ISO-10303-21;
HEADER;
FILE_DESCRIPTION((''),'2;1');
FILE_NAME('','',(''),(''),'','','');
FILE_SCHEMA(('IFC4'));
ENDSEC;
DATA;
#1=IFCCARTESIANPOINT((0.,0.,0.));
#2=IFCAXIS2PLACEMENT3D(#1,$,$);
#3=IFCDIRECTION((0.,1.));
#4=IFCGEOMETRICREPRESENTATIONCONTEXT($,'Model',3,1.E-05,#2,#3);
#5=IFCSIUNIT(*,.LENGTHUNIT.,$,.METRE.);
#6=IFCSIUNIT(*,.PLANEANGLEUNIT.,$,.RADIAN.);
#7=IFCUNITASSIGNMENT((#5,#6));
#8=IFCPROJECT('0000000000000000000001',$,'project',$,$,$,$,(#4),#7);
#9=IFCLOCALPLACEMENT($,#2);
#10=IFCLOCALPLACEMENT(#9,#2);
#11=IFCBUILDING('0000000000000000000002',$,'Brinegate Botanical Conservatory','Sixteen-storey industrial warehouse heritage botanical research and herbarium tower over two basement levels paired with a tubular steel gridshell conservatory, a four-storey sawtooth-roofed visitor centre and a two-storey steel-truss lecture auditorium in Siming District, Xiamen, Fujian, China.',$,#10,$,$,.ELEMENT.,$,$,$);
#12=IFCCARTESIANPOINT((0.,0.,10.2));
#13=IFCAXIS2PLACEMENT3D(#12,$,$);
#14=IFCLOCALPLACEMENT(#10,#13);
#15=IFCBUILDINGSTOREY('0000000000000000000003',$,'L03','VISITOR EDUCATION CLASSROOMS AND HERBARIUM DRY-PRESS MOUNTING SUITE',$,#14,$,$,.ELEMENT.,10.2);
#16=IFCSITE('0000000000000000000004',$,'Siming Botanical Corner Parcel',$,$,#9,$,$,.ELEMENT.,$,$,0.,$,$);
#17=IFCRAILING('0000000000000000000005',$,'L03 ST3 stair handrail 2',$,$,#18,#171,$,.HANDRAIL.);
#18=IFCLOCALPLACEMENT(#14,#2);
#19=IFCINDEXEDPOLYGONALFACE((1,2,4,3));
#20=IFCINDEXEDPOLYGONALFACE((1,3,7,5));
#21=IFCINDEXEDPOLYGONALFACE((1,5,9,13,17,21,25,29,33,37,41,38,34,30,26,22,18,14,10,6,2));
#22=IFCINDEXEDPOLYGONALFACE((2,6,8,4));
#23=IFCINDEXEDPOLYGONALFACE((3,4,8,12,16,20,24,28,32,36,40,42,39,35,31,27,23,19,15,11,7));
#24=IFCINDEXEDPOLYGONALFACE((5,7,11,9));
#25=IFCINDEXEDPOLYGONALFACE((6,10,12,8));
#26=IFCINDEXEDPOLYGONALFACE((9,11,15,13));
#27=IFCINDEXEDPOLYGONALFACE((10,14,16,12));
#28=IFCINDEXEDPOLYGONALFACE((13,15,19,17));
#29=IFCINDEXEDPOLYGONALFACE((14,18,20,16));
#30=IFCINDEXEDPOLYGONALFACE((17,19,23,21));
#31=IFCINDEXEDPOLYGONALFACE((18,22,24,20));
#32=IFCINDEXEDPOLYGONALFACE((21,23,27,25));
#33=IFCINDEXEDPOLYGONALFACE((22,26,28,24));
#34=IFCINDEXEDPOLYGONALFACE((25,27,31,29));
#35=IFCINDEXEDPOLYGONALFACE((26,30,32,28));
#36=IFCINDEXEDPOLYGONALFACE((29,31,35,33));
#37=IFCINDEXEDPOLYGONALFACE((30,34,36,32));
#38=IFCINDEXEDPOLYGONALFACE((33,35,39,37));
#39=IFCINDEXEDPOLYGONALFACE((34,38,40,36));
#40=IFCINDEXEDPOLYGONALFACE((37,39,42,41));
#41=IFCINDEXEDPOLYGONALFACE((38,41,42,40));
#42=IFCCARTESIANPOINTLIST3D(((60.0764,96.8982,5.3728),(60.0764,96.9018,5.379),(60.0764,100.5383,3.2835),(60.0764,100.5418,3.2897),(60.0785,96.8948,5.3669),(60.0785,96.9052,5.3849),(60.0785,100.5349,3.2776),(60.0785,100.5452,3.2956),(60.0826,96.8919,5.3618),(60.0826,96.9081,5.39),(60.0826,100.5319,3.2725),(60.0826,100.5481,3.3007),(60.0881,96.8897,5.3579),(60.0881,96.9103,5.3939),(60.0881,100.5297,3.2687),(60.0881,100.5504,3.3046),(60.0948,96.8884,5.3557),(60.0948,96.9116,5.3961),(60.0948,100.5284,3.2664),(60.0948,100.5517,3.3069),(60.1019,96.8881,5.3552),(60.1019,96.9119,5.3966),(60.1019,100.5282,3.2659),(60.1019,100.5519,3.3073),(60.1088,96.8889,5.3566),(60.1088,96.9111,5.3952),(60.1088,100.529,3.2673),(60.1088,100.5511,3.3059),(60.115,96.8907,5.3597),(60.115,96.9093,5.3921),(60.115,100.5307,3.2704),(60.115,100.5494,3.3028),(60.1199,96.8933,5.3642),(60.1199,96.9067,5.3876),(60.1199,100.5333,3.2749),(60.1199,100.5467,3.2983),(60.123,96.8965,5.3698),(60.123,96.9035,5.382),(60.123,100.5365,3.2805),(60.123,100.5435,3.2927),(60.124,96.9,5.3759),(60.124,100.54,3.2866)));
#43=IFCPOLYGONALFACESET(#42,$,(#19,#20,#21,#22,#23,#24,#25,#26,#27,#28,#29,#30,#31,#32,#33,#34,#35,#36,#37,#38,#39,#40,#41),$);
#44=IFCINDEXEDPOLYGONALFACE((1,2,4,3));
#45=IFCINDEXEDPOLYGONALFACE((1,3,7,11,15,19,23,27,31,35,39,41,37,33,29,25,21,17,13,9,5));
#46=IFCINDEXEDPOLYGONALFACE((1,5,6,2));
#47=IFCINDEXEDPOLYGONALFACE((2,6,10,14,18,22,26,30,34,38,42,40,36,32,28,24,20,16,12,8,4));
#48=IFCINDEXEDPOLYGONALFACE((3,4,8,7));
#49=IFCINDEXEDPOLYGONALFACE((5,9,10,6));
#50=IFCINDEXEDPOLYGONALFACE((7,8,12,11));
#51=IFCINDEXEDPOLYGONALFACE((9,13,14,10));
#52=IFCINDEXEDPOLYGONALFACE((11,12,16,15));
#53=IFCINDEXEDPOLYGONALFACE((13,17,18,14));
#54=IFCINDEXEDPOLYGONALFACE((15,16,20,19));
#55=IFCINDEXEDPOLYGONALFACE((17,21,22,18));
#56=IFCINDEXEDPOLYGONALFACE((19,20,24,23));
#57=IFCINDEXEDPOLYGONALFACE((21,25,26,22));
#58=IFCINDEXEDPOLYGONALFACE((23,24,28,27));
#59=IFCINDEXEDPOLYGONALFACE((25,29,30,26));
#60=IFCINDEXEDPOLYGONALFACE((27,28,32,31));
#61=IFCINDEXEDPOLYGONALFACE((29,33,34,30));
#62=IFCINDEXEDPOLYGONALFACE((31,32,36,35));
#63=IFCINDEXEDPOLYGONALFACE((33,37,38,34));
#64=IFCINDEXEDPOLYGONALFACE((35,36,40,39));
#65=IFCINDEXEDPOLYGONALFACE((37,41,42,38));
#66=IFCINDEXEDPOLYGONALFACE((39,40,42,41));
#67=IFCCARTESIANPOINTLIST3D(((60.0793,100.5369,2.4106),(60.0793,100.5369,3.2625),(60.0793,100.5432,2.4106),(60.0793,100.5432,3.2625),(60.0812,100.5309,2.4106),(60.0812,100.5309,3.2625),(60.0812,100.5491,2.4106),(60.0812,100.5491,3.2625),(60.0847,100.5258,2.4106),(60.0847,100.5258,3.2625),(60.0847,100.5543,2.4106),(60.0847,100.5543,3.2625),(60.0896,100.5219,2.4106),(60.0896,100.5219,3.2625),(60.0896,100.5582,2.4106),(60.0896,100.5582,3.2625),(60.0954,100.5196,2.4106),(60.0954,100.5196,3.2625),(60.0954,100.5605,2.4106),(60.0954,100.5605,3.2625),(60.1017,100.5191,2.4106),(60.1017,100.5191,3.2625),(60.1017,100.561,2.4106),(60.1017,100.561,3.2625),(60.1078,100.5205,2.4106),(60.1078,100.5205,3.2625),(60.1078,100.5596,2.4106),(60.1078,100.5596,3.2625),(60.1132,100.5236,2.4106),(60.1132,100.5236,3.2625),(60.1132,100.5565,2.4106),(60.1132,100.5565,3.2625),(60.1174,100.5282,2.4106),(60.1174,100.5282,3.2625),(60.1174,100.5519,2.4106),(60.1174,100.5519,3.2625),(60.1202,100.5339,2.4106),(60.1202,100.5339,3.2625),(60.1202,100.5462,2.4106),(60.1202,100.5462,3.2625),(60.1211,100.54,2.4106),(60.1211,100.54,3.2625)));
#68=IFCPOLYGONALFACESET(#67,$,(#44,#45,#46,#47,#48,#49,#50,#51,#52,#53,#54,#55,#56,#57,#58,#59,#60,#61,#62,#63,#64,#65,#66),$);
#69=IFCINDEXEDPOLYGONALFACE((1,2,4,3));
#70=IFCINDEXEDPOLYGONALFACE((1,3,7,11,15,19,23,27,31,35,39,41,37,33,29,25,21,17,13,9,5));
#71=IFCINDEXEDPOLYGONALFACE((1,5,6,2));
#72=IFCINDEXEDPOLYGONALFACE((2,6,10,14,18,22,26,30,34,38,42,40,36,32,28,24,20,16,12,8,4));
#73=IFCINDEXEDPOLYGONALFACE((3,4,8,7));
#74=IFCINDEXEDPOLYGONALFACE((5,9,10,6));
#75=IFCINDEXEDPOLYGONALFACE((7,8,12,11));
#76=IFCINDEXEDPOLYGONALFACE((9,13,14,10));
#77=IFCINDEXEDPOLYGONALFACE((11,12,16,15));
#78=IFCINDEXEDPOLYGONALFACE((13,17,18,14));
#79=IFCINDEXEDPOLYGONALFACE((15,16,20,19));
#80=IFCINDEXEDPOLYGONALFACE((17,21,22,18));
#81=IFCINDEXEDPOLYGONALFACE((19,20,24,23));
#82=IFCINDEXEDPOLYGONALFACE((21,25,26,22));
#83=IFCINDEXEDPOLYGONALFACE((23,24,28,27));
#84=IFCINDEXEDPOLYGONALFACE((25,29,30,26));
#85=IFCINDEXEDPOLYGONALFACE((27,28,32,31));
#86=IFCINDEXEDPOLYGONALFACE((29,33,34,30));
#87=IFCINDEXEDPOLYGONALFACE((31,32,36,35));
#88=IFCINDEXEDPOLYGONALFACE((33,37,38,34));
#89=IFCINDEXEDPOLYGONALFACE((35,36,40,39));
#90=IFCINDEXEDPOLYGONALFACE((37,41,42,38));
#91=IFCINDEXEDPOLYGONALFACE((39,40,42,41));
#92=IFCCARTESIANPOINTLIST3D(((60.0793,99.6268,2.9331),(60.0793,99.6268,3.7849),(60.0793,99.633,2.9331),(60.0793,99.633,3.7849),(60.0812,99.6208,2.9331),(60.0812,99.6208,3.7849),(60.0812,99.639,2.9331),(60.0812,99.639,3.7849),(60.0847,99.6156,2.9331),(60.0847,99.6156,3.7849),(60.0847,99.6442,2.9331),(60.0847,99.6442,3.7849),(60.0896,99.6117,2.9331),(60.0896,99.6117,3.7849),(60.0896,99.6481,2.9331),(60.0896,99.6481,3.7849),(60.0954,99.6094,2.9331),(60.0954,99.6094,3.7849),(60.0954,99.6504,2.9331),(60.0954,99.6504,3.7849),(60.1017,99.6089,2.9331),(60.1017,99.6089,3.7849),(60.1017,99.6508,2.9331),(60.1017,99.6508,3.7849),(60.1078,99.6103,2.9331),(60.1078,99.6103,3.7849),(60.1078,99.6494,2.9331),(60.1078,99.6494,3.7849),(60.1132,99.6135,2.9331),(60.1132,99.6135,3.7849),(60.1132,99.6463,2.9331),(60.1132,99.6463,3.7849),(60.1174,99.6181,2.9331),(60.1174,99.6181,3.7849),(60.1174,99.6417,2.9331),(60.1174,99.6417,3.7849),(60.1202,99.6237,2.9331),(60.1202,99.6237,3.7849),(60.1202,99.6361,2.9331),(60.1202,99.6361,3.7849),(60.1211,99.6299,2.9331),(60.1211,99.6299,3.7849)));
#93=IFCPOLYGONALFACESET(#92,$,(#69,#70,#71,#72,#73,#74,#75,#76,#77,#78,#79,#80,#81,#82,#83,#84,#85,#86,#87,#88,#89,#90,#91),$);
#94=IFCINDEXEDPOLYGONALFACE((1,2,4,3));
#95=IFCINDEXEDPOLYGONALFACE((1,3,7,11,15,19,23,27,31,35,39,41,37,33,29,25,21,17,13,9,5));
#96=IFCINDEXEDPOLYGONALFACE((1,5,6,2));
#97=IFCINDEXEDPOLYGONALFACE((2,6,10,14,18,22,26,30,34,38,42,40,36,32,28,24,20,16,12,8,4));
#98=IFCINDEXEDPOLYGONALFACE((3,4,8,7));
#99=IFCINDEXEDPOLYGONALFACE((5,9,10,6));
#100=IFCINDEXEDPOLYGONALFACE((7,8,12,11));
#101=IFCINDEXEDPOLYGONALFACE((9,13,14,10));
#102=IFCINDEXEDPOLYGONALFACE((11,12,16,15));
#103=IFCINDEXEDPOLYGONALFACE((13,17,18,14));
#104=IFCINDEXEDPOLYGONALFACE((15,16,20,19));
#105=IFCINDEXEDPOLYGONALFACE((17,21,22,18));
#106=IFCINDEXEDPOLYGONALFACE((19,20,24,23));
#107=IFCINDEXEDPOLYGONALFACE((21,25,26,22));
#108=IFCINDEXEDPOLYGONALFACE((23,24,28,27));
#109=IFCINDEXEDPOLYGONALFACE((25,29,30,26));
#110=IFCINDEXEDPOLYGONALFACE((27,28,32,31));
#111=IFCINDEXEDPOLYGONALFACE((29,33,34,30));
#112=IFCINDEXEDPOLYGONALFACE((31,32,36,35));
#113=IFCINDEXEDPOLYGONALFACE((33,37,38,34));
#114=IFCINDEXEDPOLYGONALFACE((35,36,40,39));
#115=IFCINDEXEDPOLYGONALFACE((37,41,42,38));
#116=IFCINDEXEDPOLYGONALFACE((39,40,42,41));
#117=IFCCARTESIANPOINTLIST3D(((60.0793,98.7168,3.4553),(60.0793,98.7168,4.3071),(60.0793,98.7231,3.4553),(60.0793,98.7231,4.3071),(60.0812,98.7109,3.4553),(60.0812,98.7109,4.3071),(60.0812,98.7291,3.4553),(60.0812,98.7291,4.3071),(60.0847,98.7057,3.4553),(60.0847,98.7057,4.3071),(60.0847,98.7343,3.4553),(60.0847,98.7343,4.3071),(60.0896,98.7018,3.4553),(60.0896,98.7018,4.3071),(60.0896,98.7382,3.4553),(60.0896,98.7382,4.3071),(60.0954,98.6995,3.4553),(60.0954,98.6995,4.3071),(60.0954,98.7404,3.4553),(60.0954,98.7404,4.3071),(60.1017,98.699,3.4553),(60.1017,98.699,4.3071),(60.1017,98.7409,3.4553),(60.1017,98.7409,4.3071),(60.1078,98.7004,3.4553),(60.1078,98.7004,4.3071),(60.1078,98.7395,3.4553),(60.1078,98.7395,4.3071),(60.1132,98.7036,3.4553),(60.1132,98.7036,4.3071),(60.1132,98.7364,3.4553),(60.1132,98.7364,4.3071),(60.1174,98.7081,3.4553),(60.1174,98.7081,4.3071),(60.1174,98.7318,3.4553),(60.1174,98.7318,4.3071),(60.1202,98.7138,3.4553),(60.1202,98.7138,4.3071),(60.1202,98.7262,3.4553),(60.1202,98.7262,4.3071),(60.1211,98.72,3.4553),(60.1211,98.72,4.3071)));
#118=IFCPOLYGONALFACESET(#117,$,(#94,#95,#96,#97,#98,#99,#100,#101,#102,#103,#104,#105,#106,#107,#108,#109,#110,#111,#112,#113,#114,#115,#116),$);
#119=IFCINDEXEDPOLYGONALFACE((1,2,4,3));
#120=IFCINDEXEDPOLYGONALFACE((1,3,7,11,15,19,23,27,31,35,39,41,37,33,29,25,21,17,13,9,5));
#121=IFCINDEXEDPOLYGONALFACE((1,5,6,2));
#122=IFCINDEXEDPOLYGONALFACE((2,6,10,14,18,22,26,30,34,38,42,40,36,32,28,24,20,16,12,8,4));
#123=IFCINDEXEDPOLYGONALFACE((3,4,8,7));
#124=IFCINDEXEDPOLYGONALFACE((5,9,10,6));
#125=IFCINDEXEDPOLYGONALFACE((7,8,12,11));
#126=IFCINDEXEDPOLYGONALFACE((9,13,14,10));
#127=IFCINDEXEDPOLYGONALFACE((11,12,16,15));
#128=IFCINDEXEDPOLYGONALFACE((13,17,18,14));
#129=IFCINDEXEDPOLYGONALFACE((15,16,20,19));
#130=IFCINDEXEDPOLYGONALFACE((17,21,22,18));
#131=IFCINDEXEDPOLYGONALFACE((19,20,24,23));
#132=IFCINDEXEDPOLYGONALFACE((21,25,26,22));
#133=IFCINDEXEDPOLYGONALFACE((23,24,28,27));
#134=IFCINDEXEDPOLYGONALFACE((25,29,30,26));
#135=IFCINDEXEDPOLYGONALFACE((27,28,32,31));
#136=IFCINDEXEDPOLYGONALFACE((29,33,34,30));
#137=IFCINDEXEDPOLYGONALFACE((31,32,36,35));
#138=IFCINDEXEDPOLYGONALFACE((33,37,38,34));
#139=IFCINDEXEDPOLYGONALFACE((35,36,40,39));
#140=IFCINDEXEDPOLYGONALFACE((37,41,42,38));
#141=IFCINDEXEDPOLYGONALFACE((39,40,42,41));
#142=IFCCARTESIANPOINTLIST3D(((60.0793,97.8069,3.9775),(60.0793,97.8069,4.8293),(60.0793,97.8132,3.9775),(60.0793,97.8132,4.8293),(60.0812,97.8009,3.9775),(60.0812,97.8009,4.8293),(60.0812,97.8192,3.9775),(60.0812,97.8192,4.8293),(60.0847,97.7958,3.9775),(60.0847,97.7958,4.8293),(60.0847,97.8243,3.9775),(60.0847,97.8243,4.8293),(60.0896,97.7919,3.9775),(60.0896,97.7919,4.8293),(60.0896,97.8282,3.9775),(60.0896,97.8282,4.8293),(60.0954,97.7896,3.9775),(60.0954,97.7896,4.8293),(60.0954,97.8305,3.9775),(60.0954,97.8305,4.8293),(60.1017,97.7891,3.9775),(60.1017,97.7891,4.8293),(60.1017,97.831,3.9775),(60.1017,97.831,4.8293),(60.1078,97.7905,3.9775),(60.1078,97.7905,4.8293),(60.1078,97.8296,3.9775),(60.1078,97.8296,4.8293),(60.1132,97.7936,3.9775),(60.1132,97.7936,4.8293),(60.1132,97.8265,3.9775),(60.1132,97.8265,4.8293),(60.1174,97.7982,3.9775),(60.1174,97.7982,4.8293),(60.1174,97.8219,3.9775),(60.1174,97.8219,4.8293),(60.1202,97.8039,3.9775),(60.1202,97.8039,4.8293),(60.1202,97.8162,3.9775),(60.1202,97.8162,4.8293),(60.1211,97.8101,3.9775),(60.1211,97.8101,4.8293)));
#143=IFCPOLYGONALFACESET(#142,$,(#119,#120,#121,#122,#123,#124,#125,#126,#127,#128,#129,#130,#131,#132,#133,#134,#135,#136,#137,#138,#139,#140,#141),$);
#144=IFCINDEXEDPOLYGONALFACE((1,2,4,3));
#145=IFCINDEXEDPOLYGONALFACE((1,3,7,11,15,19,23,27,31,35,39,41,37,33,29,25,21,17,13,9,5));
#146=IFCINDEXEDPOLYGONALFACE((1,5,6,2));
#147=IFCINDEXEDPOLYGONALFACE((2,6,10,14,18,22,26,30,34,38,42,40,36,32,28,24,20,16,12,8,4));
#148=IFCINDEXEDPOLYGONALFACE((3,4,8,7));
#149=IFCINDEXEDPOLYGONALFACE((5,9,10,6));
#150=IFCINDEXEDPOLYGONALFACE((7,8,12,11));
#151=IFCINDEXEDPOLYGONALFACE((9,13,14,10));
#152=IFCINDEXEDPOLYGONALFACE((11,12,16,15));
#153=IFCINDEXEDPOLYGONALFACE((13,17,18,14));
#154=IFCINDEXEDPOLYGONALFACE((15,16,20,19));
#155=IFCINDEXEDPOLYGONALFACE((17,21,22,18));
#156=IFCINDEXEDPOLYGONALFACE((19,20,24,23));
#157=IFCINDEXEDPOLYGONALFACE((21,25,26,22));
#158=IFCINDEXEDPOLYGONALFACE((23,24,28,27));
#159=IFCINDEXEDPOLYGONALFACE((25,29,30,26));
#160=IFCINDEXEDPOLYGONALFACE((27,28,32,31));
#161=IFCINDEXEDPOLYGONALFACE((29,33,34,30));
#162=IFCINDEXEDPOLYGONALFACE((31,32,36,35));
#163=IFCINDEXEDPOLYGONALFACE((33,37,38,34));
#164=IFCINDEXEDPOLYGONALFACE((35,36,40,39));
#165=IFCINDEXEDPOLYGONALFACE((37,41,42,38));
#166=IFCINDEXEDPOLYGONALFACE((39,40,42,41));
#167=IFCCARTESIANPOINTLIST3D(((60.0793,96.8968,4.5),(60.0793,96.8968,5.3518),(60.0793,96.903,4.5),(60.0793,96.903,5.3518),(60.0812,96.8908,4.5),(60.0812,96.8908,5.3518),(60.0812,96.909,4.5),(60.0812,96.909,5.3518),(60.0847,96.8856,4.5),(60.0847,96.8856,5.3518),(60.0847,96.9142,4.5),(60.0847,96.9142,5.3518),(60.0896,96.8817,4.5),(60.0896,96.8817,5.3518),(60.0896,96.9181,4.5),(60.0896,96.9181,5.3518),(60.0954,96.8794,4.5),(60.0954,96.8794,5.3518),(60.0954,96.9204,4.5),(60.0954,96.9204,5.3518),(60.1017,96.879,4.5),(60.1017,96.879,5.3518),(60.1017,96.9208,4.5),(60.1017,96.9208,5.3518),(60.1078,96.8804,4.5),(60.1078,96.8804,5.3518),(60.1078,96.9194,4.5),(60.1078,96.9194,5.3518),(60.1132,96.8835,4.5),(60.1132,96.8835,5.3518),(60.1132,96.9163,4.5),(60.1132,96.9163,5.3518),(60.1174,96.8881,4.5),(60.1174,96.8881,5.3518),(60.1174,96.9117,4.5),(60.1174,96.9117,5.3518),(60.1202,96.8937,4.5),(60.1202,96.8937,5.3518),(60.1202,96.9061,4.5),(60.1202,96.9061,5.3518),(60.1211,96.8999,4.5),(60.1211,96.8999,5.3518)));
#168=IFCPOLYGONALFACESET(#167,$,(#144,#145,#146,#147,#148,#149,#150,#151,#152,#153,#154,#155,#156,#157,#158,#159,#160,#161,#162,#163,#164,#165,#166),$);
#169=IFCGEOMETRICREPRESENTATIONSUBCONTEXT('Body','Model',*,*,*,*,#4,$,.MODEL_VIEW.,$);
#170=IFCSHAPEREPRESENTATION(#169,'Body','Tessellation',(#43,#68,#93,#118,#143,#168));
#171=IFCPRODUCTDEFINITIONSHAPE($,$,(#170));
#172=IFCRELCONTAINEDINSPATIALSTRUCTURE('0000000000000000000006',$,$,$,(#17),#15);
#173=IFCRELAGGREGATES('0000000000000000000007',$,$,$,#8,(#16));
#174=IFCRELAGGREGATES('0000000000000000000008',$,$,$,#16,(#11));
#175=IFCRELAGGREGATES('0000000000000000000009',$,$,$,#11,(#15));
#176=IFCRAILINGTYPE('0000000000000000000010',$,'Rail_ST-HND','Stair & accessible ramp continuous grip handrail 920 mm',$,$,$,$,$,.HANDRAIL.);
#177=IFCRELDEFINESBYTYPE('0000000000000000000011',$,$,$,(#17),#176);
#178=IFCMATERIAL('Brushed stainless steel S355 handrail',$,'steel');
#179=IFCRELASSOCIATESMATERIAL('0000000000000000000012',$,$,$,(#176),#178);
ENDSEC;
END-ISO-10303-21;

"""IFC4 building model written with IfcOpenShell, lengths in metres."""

from ifc_helpers import new_model, si_unit, direction, frame, origin, origin_2d, place, context, subcontext, project, spatial, circle, extrude, material, type_object, element, save


model = new_model("IFC4")

# Units and contexts
model_context = context("Model", 3, precision=1e-05, world=origin(), true_north=direction((0.0, 1.0)))
body_context = subcontext(model_context, "Body", "Model", "MODEL_VIEW")
ifc_project = project(units=[si_unit("LENGTHUNIT", "METRE"), si_unit("PLANEANGLEUNIT", "RADIAN")], contexts=[model_context])

# Site, building, storey
site_placement = place(None, origin())
site = spatial("IfcSite", under=ifc_project, at=site_placement, Name="Siming Botanical Corner Parcel", CompositionType="ELEMENT", RefElevation=0.0)
building_placement = place(site_placement, origin())
building = spatial("IfcBuilding", under=site, at=building_placement, Name="Brinegate Botanical Conservatory", Description="Sixteen-storey industrial warehouse heritage botanical research and herbarium tower over two basement levels paired with a tubular steel gridshell conservatory, a four-storey sawtooth-roofed visitor centre and a two-storey steel-truss lecture auditorium in Siming District, Xiamen, Fujian, China.", CompositionType="ELEMENT")
storey_placement = place(building_placement, frame((0.0, 0.0, 10.2)))
storey = spatial("IfcBuildingStorey", under=building, at=storey_placement, Name="L03", Description="VISITOR EDUCATION CLASSROOMS AND HERBARIUM DRY-PRESS MOUNTING SUITE", CompositionType="ELEMENT", Elevation=10.2)

# Railing
ifc_material_1 = material(Name="Brushed stainless steel S355 handrail", Category="steel")
railing_type_1 = type_object("IfcRailingType", Name="Rail_ST-HND", Description="Stair & accessible ramp continuous grip handrail 920 mm", PredefinedType="HANDRAIL", material=ifc_material_1)
railing_1_placement = place(storey_placement, frame((60.1001, 100.54, 2.4106)))
element("IfcRailing", 1, at=railing_1_placement, inside=storey, type_object=railing_type_1, Name="L03 ST3 stair handrail 2", PredefinedType="HANDRAIL", context=body_context, shape_type="SweptSolid", body=[
    extrude(circle(Radius=0.0239, at=origin_2d()), frame((0.0, 0.0, 0.876), z_axis=(0.0, -0.867289, 0.497804), x_axis=(1.0, 0.0, 0.0)), (0.0, 0.0, 1.0), 4.197),
    extrude(circle(Radius=0.021, at=origin_2d()), origin(), (0.0, 0.0, 1.0), 0.8518),
    extrude(circle(Radius=0.021, at=origin_2d()), frame((0.0, -0.9102, 0.5225)), (0.0, 0.0, 1.0), 0.8518),
    extrude(circle(Radius=0.021, at=origin_2d()), frame((0.0, -1.8201, 1.0447)), (0.0, 0.0, 1.0), 0.8518),
    extrude(circle(Radius=0.021, at=origin_2d()), frame((0.0, -2.73, 1.5669)), (0.0, 0.0, 1.0), 0.8518),
    extrude(circle(Radius=0.021, at=origin_2d()), frame((0.0, -3.6401, 2.0894)), (0.0, 0.0, 1.0), 0.8518),
])

save(model, "model.ifc")
